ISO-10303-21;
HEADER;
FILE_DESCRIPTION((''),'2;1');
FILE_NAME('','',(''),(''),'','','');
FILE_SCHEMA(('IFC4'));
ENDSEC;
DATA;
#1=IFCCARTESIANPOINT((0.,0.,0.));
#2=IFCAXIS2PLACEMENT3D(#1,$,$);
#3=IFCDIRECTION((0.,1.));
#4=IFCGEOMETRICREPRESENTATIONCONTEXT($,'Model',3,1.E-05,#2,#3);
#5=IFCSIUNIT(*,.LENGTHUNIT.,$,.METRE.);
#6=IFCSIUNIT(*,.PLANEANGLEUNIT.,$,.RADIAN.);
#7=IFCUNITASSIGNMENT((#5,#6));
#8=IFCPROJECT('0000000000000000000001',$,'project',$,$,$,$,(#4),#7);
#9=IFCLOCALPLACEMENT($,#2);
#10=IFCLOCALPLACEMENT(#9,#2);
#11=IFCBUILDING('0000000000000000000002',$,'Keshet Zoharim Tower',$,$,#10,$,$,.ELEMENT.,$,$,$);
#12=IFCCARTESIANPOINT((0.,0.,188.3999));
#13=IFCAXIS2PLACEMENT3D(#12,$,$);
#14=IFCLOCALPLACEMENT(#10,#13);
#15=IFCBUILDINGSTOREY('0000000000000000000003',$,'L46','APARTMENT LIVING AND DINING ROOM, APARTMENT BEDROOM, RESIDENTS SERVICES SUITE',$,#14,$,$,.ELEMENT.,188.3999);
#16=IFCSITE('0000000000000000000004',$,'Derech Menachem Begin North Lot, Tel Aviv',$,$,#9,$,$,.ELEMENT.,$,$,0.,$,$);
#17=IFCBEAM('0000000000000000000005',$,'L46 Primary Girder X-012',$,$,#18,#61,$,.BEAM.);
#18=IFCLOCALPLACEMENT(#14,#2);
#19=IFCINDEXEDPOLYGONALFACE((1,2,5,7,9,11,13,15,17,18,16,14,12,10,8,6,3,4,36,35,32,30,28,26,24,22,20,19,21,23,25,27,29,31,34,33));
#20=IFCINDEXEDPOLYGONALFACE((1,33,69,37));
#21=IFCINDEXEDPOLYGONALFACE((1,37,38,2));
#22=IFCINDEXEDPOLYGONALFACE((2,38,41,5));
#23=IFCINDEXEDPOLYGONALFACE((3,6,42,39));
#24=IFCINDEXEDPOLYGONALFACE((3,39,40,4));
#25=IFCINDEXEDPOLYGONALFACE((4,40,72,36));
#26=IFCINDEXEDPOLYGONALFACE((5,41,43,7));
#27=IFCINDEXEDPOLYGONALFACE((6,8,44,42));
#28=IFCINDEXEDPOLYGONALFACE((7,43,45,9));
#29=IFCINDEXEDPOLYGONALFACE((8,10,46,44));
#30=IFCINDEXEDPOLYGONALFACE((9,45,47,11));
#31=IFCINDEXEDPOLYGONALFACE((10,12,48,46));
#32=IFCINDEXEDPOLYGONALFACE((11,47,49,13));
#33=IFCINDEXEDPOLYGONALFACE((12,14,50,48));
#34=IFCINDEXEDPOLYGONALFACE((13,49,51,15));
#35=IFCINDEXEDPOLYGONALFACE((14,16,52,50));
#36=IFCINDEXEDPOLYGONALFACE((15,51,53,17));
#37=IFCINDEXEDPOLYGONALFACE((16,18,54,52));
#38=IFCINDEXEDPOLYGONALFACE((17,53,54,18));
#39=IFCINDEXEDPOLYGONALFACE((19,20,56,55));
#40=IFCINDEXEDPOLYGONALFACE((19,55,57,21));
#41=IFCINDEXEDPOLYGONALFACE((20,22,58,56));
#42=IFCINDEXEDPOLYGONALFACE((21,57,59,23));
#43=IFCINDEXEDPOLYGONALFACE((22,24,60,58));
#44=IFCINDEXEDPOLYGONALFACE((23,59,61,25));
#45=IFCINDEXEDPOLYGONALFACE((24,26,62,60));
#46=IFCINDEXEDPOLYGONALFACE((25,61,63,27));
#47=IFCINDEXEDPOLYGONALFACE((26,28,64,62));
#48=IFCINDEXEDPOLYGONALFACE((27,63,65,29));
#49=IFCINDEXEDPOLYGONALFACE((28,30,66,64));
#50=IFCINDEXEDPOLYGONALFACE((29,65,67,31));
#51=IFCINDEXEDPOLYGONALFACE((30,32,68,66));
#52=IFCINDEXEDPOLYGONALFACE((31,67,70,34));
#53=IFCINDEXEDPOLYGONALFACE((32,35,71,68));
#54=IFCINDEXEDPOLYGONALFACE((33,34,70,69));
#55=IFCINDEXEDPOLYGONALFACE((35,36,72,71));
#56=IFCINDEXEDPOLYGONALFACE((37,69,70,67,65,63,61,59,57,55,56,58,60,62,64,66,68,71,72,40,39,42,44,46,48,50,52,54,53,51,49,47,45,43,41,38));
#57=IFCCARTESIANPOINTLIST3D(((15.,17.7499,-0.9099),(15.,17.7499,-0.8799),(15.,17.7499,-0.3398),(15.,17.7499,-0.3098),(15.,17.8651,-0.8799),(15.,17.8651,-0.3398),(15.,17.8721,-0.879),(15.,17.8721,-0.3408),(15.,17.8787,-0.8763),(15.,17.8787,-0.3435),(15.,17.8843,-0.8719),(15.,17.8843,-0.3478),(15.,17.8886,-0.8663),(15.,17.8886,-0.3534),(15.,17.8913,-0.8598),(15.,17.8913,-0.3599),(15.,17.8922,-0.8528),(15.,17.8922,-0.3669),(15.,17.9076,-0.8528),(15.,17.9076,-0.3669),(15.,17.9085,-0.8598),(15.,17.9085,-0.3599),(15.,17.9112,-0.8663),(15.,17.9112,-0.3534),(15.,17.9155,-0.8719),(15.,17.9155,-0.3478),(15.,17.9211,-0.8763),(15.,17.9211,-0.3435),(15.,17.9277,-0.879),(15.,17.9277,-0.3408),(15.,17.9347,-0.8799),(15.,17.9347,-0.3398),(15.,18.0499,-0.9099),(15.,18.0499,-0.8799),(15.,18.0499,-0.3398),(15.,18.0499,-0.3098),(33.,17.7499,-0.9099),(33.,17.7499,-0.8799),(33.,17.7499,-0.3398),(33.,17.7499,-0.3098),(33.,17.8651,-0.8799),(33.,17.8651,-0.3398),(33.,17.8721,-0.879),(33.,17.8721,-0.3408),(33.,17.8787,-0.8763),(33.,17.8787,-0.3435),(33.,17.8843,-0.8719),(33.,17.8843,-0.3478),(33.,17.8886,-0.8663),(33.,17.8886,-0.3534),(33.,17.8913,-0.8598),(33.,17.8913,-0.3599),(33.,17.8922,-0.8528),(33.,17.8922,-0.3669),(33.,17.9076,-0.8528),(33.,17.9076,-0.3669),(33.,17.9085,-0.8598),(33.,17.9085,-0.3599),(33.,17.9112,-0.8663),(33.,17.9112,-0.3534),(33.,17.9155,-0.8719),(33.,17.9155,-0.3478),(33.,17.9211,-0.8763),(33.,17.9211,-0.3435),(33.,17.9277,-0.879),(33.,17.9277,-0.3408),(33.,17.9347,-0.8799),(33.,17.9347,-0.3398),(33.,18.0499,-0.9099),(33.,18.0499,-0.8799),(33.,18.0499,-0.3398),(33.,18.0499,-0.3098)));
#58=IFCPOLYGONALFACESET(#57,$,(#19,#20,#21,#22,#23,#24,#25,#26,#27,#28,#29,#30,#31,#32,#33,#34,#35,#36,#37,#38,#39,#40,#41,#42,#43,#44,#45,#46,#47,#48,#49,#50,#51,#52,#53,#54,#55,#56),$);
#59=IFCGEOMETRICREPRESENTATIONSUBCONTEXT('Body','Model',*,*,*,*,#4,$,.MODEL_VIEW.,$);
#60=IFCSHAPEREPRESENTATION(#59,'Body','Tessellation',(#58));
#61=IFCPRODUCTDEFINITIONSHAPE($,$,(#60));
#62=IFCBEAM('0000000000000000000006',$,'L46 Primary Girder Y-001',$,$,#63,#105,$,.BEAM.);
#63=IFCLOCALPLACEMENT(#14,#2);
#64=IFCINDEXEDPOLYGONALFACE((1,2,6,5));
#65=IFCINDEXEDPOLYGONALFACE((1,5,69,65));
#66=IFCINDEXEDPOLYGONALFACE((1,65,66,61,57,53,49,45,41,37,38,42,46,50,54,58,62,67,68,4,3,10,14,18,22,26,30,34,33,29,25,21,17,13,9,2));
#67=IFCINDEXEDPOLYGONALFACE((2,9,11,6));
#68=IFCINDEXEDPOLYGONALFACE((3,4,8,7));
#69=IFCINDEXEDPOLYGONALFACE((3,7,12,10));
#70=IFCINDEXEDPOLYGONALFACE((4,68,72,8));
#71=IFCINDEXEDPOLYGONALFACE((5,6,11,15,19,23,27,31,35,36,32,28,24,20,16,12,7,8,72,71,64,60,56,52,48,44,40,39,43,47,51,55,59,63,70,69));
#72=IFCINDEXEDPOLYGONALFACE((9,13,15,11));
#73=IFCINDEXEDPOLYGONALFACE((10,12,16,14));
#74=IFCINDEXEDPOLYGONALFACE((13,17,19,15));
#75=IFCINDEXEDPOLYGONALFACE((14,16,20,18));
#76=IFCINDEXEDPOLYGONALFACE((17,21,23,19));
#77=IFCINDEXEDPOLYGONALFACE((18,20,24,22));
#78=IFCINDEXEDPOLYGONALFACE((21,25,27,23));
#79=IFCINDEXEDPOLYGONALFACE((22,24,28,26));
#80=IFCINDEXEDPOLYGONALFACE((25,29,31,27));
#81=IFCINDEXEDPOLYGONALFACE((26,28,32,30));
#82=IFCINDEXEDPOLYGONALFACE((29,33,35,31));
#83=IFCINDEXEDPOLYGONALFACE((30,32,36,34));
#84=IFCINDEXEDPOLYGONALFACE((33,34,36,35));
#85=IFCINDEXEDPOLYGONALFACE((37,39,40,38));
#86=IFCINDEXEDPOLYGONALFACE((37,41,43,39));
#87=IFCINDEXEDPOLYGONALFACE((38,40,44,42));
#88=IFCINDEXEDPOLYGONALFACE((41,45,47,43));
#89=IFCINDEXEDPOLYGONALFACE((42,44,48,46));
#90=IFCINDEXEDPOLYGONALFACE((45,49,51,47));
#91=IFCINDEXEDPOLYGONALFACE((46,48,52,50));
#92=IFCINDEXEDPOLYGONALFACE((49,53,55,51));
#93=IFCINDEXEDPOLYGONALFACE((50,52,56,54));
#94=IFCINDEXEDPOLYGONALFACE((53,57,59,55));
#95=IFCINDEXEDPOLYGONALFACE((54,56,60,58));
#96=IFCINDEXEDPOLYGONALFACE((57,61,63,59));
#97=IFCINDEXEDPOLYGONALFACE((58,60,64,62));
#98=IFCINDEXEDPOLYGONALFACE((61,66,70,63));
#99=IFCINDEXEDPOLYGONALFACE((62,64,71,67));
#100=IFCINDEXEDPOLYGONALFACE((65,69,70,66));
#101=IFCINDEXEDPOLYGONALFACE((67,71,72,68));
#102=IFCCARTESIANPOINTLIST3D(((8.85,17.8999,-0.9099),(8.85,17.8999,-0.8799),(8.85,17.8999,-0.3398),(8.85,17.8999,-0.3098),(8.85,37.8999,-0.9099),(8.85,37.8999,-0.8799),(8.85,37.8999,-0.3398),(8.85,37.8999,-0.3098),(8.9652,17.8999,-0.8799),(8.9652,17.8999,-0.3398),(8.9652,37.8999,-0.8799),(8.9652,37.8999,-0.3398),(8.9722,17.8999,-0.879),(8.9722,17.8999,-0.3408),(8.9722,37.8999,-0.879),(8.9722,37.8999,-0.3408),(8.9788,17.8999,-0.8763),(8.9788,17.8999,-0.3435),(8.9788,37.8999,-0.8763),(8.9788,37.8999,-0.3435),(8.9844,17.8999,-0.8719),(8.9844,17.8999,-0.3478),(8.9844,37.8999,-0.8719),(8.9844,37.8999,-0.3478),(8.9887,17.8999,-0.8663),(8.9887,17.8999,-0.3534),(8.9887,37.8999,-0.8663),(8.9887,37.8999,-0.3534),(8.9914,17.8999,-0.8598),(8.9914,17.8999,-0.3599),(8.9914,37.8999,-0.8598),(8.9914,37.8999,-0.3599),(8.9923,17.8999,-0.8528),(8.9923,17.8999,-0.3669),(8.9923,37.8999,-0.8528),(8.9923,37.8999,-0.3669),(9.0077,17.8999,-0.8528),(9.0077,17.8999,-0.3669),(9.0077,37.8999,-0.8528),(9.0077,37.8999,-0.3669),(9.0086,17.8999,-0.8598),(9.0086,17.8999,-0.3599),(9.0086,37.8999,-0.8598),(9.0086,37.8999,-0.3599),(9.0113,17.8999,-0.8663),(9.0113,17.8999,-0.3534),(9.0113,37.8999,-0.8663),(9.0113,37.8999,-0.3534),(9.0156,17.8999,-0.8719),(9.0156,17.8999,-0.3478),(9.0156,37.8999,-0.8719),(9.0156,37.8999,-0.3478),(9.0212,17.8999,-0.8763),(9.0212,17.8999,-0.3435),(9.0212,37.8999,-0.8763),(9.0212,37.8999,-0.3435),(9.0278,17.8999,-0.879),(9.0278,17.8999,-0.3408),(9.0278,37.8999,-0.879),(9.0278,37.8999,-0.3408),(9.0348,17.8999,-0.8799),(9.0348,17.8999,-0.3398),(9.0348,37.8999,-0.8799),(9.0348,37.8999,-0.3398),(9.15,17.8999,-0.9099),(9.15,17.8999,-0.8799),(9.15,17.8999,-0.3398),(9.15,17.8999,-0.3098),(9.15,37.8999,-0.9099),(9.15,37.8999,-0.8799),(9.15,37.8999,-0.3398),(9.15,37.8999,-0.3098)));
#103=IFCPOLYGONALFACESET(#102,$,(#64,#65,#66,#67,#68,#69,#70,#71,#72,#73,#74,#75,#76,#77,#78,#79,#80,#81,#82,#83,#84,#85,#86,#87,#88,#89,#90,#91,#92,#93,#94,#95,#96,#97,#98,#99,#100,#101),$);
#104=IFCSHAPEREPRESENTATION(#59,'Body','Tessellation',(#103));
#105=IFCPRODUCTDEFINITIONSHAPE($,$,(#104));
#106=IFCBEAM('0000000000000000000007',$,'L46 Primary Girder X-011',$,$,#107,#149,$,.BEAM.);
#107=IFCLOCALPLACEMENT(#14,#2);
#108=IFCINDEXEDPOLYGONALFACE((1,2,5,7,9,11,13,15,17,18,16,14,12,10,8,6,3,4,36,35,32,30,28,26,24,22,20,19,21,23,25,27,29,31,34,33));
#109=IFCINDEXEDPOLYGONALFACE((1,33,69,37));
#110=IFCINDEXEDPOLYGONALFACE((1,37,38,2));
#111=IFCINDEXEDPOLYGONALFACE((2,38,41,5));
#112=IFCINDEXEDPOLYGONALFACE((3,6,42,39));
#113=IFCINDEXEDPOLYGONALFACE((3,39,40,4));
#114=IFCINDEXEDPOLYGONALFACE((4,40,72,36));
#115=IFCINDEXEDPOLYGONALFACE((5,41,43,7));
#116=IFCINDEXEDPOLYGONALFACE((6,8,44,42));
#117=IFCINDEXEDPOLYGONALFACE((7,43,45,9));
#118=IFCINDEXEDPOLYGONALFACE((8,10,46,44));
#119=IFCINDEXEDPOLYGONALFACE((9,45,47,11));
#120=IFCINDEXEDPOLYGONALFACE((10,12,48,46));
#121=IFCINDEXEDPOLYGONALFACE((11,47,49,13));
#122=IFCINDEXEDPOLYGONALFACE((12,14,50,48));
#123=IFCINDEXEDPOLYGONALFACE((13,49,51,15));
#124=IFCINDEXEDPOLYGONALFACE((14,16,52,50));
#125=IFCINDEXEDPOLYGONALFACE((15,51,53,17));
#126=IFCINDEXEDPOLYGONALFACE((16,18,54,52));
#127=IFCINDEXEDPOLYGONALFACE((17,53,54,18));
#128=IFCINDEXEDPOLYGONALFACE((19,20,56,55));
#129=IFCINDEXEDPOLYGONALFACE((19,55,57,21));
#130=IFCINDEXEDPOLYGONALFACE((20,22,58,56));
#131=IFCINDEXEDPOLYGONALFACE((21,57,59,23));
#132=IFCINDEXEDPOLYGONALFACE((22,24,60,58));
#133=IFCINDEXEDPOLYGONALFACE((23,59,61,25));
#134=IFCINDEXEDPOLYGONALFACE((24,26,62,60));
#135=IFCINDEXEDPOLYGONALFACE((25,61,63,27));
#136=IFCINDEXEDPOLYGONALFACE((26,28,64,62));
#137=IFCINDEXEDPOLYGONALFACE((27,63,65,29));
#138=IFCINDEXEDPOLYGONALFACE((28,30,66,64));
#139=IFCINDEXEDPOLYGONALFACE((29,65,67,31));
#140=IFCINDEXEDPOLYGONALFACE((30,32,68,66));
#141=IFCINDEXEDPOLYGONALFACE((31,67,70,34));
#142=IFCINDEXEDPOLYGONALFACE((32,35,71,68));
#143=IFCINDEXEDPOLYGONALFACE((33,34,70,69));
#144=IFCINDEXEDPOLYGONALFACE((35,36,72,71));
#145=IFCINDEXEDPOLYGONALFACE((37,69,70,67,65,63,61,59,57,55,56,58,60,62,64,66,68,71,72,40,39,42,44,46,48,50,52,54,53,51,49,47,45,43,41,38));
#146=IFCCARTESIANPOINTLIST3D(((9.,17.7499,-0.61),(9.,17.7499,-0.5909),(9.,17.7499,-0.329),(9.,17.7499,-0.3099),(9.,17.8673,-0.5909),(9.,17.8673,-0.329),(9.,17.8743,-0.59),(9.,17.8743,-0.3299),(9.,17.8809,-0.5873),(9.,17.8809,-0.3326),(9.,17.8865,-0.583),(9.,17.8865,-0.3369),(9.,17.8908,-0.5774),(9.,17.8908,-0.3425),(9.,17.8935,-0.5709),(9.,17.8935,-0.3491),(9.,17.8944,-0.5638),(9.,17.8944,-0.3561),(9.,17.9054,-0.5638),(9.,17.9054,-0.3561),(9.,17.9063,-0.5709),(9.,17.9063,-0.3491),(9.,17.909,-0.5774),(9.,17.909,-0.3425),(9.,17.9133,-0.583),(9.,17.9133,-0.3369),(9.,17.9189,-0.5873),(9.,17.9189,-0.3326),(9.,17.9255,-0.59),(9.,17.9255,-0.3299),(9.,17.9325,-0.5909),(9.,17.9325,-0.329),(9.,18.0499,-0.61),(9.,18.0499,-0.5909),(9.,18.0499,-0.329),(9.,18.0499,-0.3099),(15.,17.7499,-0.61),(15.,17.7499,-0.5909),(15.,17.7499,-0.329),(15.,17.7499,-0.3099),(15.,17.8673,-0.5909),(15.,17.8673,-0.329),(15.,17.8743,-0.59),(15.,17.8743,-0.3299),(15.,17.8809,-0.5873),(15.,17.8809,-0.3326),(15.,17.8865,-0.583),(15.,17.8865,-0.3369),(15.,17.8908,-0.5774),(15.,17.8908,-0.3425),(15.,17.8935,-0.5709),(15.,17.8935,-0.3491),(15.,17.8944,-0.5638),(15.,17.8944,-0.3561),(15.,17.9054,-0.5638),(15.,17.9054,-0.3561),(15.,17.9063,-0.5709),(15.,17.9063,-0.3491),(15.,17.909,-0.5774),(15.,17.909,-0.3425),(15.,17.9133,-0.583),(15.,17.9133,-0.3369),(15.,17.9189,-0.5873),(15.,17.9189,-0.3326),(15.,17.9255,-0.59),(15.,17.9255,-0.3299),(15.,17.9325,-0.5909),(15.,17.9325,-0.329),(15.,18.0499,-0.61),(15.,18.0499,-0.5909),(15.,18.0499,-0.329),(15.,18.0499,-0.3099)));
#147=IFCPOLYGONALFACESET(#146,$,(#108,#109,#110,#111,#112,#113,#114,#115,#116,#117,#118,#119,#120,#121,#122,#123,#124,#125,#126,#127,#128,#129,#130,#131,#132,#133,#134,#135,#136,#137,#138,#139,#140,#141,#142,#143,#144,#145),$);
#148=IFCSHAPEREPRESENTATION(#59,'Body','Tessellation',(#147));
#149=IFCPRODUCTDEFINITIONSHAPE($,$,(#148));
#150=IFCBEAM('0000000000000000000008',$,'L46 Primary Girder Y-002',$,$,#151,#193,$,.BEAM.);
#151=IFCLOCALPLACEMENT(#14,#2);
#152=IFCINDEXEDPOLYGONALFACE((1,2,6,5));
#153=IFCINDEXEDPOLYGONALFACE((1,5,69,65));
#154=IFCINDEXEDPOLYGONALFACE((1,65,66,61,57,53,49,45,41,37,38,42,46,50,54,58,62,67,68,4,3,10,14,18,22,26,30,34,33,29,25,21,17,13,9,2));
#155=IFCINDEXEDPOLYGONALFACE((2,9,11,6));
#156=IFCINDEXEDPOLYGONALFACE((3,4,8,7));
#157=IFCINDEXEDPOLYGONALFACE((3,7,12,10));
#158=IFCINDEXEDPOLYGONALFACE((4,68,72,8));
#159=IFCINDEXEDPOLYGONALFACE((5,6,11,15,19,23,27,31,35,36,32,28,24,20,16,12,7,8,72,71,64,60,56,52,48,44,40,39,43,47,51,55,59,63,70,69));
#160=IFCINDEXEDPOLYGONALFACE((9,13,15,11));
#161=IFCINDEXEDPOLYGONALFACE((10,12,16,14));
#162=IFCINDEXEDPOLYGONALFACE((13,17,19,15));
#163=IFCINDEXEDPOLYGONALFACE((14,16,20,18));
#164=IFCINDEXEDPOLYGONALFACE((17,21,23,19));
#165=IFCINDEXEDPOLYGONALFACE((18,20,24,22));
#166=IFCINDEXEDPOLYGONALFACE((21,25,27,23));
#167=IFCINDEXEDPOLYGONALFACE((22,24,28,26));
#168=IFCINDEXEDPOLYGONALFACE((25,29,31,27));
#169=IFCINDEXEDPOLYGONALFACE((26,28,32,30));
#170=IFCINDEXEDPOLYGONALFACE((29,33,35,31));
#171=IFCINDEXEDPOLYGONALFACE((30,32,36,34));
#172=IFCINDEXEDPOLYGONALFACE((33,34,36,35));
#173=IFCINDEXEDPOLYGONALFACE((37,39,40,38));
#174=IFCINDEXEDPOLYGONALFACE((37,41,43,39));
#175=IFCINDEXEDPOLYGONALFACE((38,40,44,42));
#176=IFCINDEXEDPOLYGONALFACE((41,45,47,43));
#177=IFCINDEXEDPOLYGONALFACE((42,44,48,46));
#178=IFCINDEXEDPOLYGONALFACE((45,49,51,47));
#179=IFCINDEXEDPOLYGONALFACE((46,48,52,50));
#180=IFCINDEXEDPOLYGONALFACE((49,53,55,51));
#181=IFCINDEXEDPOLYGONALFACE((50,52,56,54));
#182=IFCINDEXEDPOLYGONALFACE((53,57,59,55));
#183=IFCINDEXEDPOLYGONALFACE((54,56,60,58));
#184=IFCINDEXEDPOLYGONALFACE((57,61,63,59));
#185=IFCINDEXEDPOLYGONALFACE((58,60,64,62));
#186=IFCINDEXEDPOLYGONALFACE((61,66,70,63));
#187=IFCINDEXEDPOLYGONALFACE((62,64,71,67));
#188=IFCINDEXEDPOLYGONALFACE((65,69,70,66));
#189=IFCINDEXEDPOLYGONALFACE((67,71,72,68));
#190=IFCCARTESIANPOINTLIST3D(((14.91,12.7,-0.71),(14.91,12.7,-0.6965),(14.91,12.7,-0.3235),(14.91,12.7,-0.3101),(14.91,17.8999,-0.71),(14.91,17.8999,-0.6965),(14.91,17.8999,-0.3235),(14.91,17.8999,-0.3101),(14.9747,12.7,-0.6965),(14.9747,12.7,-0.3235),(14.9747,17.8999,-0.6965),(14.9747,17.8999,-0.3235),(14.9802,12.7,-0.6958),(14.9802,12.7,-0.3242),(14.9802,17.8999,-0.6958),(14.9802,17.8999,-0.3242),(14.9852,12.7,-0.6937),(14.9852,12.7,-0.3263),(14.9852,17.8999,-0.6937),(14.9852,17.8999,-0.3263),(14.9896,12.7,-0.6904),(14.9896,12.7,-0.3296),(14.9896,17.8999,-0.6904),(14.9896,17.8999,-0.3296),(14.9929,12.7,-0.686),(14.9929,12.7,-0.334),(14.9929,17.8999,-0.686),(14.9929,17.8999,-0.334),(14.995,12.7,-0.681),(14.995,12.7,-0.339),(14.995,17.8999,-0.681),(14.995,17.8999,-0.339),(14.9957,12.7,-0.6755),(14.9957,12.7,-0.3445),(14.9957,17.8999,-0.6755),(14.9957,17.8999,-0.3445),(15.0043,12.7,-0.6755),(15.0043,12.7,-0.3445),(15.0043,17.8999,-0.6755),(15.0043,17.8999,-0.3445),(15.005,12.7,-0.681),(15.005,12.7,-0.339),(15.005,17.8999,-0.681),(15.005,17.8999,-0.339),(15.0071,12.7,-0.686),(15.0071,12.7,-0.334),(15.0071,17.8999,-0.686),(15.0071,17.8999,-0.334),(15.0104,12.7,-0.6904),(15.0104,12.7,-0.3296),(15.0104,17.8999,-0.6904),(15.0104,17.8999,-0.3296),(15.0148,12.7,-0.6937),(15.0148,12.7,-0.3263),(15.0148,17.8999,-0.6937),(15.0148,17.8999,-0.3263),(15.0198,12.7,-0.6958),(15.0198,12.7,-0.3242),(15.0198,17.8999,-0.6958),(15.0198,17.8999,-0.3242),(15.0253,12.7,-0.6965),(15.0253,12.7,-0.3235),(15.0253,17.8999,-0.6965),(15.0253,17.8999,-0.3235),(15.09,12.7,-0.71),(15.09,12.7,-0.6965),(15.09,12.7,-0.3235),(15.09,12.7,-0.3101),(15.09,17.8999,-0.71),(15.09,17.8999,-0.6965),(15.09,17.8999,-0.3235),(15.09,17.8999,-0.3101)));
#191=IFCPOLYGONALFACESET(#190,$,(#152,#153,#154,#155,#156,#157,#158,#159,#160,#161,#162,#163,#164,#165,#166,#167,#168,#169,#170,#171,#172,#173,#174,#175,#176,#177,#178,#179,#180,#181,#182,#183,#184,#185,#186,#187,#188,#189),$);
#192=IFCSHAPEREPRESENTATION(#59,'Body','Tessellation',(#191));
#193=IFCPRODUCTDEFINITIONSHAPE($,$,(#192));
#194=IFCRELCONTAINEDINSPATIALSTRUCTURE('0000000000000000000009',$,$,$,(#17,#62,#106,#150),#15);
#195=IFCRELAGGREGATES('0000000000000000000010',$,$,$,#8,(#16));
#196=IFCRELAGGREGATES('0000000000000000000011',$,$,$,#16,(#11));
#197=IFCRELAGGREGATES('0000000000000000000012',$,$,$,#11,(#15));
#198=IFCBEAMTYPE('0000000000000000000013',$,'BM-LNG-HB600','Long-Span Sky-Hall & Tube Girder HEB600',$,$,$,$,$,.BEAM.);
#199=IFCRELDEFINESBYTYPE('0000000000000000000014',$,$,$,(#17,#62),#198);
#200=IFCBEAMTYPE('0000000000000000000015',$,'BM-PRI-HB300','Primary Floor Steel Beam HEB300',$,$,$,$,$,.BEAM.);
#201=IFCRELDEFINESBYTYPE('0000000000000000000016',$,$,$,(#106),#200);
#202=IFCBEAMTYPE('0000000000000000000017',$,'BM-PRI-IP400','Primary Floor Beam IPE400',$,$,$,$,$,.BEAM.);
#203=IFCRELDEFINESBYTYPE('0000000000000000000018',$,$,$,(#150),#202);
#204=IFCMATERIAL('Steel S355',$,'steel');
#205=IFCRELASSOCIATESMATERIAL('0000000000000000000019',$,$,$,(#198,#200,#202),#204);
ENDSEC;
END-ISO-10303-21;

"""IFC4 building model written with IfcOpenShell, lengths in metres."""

from ifc_helpers import new_model, si_unit, direction, frame, origin, origin_2d, place, context, subcontext, project, spatial, i_section, extrude, material, material_profile, profile_set, type_object, element, save


model = new_model("IFC4")

# Units and contexts
model_context = context("Model", 3, precision=1e-05, world=origin(), true_north=direction((0.0, 1.0)))
body_context = subcontext(model_context, "Body", "Model", "MODEL_VIEW")
ifc_project = project(units=[si_unit("LENGTHUNIT", "METRE"), si_unit("PLANEANGLEUNIT", "RADIAN")], contexts=[model_context])

# Site, building, storey
site_placement = place(None, origin())
site = spatial("IfcSite", under=ifc_project, at=site_placement, Name="Derech Menachem Begin North Lot, Tel Aviv", CompositionType="ELEMENT", RefElevation=0.0)
building_placement = place(site_placement, origin())
building = spatial("IfcBuilding", under=site, at=building_placement, Name="Keshet Zoharim Tower", CompositionType="ELEMENT")
storey_placement = place(building_placement, frame((0.0, 0.0, 188.3999)))
storey = spatial("IfcBuildingStorey", under=building, at=storey_placement, Name="L46", Description="APARTMENT LIVING AND DINING ROOM, APARTMENT BEDROOM, RESIDENTS SERVICES SUITE", CompositionType="ELEMENT", Elevation=188.3999)

# Shared definitions
ifc_material_1 = material(Name="Steel S355", Category="steel")

# Beams
ifc_material_profile_1 = material_profile(ifc_material_1, i_section(OverallWidth=0.3, OverallDepth=0.6001, WebThickness=0.0154, FlangeThickness=0.03, FilletRadius=0.0271, at=origin_2d()), Name="HEB600")
ifc_profile_set_1 = profile_set([ifc_material_profile_1], Name="Steel S355")
beam_type_1 = type_object("IfcBeamType", Name="BM-LNG-HB600", Description="Long-Span Sky-Hall & Tube Girder HEB600", PredefinedType="BEAM", material=ifc_profile_set_1)
for number, where, z_axis, x_axis, name in (
    (1, (15.0, 17.8999, -0.6099), (1.0, 0.0, 0.0), (0.0, 1.0, 0.0), "L46 Primary Girder X-012"),
):
    element("IfcBeam", number, at=place(storey_placement, frame(where, z_axis=z_axis, x_axis=x_axis)), inside=storey, type_object=beam_type_1, Name=name, PredefinedType="BEAM", context=body_context, shape_type="SweptSolid", body=[
        extrude(i_section(OverallWidth=0.3, OverallDepth=0.6001, WebThickness=0.0154, FlangeThickness=0.03, FilletRadius=0.0271, at=origin_2d()), origin(), (0.0, 0.0, 1.0), 18.0),
    ])
beam_1_placement = place(storey_placement, frame((9.0, 17.8999, -0.6099), z_axis=(0.0, 1.0, 0.0), x_axis=(-1.0, 0.0, 0.0)))
element("IfcBeam", 2, at=beam_1_placement, inside=storey, type_object=beam_type_1, Name="L46 Primary Girder Y-001", PredefinedType="BEAM", context=body_context, shape_type="SweptSolid", body=[
    extrude(i_section(OverallWidth=0.3, OverallDepth=0.6001, WebThickness=0.0154, FlangeThickness=0.03, FilletRadius=0.0271, at=origin_2d()), origin(), (0.0, 0.0, 1.0), 20.0),
])
ifc_material_profile_2 = material_profile(ifc_material_1, i_section(OverallWidth=0.3, OverallDepth=0.3, WebThickness=0.011, FlangeThickness=0.019, FilletRadius=0.0271, at=origin_2d()), Name="HEB300")
ifc_profile_set_2 = profile_set([ifc_material_profile_2], Name="Steel S355")
beam_type_2 = type_object("IfcBeamType", Name="BM-PRI-HB300", Description="Primary Floor Steel Beam HEB300", PredefinedType="BEAM", material=ifc_profile_set_2)
beam_2_placement = place(storey_placement, frame((9.0, 17.8999, -0.46), z_axis=(1.0, 0.0, 0.0), x_axis=(0.0, 1.0, 0.0)))
element("IfcBeam", 3, at=beam_2_placement, inside=storey, type_object=beam_type_2, Name="L46 Primary Girder X-011", PredefinedType="BEAM", context=body_context, shape_type="SweptSolid", body=[
    extrude(i_section(OverallWidth=0.3, OverallDepth=0.3, WebThickness=0.011, FlangeThickness=0.019, FilletRadius=0.0271, at=origin_2d()), origin(), (0.0, 0.0, 1.0), 6.0),
])
ifc_material_profile_3 = material_profile(ifc_material_1, i_section(OverallWidth=0.1799, OverallDepth=0.3999, WebThickness=0.0085, FlangeThickness=0.0134, FilletRadius=0.021, at=origin_2d()), Name="IPE400")
ifc_profile_set_3 = profile_set([ifc_material_profile_3], Name="Steel S355")
beam_type_3 = type_object("IfcBeamType", Name="BM-PRI-IP400", Description="Primary Floor Beam IPE400", PredefinedType="BEAM", material=ifc_profile_set_3)
beam_3_placement = place(storey_placement, frame((15.0, 12.7, -0.51), z_axis=(0.0, 1.0, 0.0), x_axis=(-1.0, 0.0, 0.0)))
element("IfcBeam", 4, at=beam_3_placement, inside=storey, type_object=beam_type_3, Name="L46 Primary Girder Y-002", PredefinedType="BEAM", context=body_context, shape_type="SweptSolid", body=[
    extrude(i_section(OverallWidth=0.1799, OverallDepth=0.3999, WebThickness=0.0085, FlangeThickness=0.0134, FilletRadius=0.021, at=origin_2d()), origin(), (0.0, 0.0, 1.0), 5.2),
])

save(model, "model.ifc")
